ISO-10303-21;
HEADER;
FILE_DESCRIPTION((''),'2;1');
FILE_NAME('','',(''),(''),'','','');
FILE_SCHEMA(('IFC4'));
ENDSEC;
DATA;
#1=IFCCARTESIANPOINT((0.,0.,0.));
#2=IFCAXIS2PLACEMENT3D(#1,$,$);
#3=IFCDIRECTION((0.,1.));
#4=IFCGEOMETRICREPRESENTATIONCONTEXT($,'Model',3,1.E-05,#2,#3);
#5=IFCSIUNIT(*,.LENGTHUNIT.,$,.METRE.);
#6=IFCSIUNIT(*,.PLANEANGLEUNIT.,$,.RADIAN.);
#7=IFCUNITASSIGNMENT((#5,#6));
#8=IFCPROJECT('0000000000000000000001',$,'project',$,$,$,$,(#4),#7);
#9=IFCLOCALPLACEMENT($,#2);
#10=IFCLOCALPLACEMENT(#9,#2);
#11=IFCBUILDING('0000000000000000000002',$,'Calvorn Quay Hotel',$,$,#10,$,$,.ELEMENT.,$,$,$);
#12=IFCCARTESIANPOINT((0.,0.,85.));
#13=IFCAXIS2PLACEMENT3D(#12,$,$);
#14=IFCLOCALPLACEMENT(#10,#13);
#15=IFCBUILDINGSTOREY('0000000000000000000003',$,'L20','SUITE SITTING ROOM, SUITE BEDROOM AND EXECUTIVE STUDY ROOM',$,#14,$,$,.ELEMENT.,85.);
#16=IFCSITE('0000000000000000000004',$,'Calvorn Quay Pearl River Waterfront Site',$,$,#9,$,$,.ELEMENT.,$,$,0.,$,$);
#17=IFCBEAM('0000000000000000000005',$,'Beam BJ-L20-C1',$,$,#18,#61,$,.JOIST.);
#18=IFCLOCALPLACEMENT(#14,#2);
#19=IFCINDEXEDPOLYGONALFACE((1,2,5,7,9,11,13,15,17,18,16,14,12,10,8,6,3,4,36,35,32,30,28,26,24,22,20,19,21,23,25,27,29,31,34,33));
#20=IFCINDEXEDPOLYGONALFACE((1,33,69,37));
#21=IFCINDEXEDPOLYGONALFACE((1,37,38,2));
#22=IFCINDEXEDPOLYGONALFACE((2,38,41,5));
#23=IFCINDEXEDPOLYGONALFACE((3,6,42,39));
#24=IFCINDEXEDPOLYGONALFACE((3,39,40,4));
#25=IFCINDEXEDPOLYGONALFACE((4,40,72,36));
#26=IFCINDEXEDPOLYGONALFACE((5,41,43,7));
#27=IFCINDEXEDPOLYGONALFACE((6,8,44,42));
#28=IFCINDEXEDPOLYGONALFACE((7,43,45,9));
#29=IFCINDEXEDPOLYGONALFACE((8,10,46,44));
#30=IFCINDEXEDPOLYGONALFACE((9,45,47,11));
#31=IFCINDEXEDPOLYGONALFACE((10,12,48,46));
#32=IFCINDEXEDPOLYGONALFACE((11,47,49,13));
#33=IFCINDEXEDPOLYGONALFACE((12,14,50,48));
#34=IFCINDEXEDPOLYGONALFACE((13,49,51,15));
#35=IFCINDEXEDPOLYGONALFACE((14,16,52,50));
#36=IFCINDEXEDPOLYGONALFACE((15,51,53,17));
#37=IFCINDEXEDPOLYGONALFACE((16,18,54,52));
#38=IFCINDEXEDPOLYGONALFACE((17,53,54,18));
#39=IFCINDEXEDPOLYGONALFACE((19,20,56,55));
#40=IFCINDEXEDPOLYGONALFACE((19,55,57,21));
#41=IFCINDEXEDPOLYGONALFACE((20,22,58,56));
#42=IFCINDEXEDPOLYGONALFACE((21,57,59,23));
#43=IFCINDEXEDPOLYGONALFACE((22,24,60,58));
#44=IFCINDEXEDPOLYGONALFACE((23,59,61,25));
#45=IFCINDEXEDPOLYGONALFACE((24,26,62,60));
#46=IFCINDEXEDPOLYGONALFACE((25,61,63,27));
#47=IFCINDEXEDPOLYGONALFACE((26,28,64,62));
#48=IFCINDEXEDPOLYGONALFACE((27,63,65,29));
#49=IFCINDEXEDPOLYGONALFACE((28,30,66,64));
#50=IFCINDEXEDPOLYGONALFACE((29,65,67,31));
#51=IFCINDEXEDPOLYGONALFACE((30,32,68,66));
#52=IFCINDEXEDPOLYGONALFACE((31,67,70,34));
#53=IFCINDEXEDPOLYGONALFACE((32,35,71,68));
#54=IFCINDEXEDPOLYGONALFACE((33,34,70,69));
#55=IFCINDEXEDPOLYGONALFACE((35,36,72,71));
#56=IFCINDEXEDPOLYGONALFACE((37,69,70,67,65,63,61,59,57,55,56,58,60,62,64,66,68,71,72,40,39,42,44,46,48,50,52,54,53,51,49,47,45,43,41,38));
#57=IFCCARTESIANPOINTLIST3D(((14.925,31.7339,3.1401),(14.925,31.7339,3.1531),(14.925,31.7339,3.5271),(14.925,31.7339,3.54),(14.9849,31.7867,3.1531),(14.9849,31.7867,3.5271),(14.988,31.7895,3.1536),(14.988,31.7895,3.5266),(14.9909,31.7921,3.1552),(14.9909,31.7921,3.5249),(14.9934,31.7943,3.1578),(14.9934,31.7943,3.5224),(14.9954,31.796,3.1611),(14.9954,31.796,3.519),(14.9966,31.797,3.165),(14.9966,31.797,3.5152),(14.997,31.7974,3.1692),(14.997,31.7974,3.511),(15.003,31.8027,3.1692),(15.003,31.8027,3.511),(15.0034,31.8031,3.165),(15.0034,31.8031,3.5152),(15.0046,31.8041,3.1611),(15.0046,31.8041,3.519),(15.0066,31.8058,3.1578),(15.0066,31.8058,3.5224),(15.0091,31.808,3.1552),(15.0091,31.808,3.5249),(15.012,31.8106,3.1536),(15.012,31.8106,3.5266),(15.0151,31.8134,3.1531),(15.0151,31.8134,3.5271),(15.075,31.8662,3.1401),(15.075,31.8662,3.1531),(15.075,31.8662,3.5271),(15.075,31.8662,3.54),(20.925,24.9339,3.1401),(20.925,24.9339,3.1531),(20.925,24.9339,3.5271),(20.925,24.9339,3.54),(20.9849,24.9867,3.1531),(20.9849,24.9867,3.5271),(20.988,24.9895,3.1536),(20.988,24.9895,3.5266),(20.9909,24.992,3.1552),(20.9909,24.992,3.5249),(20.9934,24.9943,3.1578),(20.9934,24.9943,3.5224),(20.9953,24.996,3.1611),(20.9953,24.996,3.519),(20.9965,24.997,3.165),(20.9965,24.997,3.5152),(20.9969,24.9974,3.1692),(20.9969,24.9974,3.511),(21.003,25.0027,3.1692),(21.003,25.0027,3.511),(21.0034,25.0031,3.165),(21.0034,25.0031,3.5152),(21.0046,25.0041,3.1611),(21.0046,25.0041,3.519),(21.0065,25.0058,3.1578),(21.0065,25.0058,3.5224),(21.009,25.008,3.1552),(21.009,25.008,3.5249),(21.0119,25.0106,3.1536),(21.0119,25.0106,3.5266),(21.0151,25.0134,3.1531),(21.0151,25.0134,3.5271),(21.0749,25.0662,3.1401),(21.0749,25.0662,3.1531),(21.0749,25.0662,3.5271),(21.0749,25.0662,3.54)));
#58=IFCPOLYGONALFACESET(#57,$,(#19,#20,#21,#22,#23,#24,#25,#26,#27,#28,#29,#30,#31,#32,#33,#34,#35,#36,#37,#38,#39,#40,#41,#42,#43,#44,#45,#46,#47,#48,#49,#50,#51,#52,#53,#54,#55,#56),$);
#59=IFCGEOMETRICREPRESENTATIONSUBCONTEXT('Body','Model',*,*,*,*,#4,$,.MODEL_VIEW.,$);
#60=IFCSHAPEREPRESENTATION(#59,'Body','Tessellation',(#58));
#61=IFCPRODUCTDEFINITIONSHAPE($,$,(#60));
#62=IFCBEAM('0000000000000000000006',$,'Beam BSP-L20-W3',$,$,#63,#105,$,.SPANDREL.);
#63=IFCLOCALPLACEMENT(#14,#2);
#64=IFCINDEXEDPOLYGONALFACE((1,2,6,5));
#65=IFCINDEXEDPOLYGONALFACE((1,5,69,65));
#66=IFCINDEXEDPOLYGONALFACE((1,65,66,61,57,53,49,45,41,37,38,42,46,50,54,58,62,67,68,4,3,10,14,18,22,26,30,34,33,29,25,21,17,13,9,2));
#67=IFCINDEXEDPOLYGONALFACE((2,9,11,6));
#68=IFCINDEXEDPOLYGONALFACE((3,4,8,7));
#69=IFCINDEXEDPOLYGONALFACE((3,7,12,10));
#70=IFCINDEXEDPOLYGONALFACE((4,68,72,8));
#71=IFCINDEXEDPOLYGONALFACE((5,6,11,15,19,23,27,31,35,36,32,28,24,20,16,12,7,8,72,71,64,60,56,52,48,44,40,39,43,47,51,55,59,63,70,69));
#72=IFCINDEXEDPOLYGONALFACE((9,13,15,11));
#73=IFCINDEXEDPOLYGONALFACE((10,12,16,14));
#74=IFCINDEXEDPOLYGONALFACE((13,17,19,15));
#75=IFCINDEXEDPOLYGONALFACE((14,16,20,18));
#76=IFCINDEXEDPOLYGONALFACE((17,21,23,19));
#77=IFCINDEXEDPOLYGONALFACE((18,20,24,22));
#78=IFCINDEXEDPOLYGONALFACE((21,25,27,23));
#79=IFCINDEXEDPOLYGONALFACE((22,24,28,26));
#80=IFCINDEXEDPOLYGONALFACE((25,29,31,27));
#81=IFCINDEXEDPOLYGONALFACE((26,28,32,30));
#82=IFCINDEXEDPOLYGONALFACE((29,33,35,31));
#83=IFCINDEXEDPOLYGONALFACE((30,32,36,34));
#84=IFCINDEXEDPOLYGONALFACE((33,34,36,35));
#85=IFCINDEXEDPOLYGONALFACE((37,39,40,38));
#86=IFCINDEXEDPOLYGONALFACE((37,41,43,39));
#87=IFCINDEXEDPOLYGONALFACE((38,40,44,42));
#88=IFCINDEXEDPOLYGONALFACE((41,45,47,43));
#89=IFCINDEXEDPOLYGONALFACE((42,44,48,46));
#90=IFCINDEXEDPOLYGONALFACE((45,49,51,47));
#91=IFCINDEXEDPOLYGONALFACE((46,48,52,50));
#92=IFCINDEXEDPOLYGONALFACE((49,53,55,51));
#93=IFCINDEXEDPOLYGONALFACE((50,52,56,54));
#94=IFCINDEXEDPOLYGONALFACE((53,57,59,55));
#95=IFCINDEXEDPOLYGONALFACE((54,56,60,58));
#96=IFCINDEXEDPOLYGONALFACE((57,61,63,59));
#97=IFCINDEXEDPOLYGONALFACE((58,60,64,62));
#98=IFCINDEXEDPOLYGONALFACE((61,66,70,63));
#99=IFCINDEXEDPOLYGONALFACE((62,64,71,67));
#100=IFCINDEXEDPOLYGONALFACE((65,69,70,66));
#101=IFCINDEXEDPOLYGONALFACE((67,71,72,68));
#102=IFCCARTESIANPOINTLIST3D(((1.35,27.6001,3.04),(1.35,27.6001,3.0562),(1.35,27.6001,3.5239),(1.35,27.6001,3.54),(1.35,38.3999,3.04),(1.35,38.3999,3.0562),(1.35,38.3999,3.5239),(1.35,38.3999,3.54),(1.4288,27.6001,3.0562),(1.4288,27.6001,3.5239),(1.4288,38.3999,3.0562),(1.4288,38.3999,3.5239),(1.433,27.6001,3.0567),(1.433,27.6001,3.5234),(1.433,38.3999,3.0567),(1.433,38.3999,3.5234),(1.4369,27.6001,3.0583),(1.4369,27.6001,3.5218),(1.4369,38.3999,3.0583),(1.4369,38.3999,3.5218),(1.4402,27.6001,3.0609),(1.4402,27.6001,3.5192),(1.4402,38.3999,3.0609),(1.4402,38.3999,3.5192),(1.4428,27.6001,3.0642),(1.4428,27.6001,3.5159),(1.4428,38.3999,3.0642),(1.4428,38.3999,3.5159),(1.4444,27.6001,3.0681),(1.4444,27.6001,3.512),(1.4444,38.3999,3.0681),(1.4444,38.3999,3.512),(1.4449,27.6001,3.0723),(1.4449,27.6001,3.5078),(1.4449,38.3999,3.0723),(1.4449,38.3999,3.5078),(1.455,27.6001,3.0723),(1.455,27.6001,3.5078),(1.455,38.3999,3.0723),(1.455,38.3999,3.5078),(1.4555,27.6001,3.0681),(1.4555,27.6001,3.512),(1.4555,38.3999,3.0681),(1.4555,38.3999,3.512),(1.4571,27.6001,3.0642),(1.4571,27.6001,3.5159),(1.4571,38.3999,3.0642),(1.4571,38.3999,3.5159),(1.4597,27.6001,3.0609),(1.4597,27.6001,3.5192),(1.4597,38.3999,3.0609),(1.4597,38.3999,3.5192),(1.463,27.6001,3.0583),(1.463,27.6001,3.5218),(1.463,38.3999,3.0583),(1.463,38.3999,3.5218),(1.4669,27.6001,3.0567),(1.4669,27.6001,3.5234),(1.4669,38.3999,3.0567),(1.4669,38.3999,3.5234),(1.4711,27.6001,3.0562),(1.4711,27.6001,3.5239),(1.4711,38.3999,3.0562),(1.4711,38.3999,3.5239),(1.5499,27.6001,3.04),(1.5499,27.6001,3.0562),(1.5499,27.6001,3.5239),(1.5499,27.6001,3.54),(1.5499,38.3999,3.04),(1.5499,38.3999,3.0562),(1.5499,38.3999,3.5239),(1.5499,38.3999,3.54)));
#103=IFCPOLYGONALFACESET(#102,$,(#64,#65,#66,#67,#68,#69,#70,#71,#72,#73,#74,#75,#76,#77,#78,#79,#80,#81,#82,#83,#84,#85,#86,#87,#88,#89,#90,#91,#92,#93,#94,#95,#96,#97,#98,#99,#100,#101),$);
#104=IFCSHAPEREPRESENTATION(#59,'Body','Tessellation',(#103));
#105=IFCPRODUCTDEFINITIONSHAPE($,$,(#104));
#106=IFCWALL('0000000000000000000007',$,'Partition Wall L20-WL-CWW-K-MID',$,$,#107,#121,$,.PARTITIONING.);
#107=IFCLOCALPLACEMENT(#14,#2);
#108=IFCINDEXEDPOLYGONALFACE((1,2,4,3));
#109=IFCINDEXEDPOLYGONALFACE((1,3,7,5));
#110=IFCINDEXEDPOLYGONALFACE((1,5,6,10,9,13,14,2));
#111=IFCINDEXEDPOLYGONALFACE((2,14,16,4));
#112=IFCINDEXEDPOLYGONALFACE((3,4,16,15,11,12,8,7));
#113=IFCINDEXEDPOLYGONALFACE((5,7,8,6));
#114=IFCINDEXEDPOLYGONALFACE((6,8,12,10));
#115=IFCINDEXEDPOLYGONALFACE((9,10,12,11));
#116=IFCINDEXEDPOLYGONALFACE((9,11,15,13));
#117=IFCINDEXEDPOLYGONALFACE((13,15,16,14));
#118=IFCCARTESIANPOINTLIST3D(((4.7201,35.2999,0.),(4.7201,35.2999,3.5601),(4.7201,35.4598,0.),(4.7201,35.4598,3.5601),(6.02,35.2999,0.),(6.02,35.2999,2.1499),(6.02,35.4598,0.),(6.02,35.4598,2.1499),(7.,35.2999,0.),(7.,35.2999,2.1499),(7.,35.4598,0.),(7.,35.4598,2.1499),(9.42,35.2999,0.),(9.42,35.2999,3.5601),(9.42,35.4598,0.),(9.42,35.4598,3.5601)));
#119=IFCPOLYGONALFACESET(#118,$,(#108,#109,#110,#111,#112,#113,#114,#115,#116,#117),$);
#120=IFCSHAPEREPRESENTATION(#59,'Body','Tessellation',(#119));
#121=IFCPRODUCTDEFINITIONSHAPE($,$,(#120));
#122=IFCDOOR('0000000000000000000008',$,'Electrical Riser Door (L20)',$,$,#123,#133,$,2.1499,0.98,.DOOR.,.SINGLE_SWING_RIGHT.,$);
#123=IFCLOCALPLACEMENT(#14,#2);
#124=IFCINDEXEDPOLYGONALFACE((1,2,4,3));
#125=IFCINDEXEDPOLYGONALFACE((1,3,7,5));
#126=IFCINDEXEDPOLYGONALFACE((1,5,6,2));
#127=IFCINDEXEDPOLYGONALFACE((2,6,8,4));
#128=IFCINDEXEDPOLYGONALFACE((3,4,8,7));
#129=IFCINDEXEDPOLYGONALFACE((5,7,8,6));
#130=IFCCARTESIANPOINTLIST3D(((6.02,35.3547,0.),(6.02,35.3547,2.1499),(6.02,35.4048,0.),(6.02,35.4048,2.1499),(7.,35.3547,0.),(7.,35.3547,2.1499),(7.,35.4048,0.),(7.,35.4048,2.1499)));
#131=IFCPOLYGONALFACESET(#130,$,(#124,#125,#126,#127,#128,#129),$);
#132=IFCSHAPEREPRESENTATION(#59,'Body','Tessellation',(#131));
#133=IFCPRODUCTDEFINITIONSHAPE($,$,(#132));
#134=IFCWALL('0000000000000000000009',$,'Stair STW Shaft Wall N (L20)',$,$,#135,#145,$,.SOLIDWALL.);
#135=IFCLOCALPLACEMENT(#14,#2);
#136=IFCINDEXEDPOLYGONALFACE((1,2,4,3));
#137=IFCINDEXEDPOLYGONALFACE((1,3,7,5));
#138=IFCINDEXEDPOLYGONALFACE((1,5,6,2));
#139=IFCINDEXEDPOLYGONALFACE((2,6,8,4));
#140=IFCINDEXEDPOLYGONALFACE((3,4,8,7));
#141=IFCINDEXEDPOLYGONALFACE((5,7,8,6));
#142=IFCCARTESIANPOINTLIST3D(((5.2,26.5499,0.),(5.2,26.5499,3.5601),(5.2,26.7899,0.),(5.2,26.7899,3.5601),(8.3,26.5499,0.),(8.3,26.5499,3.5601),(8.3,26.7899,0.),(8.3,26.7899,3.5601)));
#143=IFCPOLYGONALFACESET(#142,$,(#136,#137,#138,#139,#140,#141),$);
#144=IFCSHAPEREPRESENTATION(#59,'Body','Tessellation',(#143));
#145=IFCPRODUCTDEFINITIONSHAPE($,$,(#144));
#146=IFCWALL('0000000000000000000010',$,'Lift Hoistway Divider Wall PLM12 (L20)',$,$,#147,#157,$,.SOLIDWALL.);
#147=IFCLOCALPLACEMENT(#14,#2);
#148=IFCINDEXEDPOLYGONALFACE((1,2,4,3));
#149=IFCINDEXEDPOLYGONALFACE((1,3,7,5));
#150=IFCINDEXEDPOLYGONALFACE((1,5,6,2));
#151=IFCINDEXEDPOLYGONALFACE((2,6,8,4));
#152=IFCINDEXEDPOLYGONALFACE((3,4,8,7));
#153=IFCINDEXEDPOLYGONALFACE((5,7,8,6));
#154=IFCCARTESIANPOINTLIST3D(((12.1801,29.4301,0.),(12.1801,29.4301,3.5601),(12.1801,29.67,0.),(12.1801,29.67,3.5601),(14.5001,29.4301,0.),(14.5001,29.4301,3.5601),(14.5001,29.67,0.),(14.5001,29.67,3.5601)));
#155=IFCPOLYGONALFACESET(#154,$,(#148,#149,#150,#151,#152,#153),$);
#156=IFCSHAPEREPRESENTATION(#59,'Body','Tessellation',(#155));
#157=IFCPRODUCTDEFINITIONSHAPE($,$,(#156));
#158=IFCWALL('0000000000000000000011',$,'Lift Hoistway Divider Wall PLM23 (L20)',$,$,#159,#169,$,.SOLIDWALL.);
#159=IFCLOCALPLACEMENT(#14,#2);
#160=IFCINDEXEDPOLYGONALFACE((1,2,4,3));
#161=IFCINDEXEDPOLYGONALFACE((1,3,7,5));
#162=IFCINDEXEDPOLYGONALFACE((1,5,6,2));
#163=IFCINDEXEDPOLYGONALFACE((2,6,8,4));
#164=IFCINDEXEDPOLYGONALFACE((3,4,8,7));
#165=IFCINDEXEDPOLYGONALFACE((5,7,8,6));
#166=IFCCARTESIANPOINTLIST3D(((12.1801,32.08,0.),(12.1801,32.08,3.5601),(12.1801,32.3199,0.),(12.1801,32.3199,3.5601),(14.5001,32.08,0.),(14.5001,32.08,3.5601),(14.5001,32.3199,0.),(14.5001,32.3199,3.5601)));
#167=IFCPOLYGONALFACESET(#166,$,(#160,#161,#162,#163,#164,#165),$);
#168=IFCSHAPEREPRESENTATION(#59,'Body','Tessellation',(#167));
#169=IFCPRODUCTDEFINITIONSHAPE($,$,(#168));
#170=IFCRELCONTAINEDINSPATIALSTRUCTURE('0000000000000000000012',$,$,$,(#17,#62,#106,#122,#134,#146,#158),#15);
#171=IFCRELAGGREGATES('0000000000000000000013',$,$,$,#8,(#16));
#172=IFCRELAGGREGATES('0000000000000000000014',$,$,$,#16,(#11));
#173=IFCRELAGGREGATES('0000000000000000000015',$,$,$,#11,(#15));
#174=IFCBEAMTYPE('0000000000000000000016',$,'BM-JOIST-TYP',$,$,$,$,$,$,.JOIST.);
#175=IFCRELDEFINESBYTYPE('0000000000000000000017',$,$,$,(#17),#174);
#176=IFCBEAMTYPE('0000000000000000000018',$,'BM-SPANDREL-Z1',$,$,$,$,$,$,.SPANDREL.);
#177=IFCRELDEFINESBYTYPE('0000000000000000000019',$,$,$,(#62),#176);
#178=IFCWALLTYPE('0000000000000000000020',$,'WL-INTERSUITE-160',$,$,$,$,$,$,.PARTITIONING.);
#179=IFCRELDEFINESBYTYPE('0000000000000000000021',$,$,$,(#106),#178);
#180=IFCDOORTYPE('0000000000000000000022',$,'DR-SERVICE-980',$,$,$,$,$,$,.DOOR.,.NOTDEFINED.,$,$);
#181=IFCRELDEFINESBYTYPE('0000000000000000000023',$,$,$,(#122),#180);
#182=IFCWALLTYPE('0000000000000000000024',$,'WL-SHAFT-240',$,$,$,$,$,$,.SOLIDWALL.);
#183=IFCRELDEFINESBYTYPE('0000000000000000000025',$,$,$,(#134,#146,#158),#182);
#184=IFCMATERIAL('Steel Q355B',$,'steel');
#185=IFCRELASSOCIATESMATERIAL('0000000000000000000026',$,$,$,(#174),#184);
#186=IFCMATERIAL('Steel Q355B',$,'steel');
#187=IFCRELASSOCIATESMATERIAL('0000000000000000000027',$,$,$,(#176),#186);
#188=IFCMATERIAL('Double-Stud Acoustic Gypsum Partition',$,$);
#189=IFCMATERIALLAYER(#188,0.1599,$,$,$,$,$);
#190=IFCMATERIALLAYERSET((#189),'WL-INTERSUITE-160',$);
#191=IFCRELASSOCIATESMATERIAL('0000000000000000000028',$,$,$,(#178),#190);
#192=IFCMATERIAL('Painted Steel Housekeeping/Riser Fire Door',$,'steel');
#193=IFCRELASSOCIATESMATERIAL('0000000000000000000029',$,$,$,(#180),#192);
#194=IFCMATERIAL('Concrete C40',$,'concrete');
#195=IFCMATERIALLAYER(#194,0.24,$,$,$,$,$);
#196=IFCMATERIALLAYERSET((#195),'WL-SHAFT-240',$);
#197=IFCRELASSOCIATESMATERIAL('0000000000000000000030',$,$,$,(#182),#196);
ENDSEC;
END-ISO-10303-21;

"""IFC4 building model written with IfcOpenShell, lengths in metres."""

from ifc_helpers import new_model, si_unit, direction, frame, frame_2d, origin, origin_2d, place, context, subcontext, project, spatial, rectangle, i_section, extrude, material, layer, layer_set, material_profile, profile_set, type_object, element, fill, save


model = new_model("IFC4")

# Units and contexts
model_context = context("Model", 3, precision=1e-05, world=origin(), true_north=direction((0.0, 1.0)))
body_context = subcontext(model_context, "Body", "Model", "MODEL_VIEW")
ifc_project = project(units=[si_unit("LENGTHUNIT", "METRE"), si_unit("PLANEANGLEUNIT", "RADIAN")], contexts=[model_context])

# Site, building, storey
site_placement = place(None, origin())
site = spatial("IfcSite", under=ifc_project, at=site_placement, Name="Calvorn Quay Pearl River Waterfront Site", CompositionType="ELEMENT", RefElevation=0.0)
building_placement = place(site_placement, origin())
building = spatial("IfcBuilding", under=site, at=building_placement, Name="Calvorn Quay Hotel", CompositionType="ELEMENT")
storey_placement = place(building_placement, frame((0.0, 0.0, 85.0)))
storey = spatial("IfcBuildingStorey", under=building, at=storey_placement, Name="L20", Description="SUITE SITTING ROOM, SUITE BEDROOM AND EXECUTIVE STUDY ROOM", CompositionType="ELEMENT", Elevation=85.0)

# Beams
ifc_material_1 = material(Name="Steel Q355B", Category="steel")
ifc_material_profile_1 = material_profile(ifc_material_1, i_section(OverallWidth=0.2, OverallDepth=0.3999, WebThickness=0.0081, FlangeThickness=0.0129, FilletRadius=0.0161, at=origin_2d()), Name="HN400x200x8x13")
ifc_profile_set_1 = profile_set([ifc_material_profile_1], Name="Steel Q355B")
beam_type_1 = type_object("IfcBeamType", Name="BM-JOIST-TYP", PredefinedType="JOIST", material=ifc_profile_set_1)
beam_1_placement = place(storey_placement, frame((15.0, 31.8, 3.3401), z_axis=(0.661619, -0.74984, 0.0), x_axis=(0.74984, 0.661619, 0.0)))
element("IfcBeam", 1, at=beam_1_placement, inside=storey, type_object=beam_type_1, Name="Beam BJ-L20-C1", PredefinedType="JOIST", context=body_context, shape_type="SweptSolid", body=[
    extrude(i_section(OverallWidth=0.2, OverallDepth=0.3999, WebThickness=0.0081, FlangeThickness=0.0129, FilletRadius=0.0161, at=origin_2d()), origin(), (0.0, 0.0, 1.0), 9.0686),
])
ifc_material_2 = material(Name="Steel Q355B", Category="steel")
ifc_material_profile_2 = material_profile(ifc_material_2, i_section(OverallWidth=0.2, OverallDepth=0.5, WebThickness=0.01, FlangeThickness=0.0161, FilletRadius=0.0161, at=origin_2d()), Name="HN500x200x10x16")
ifc_profile_set_2 = profile_set([ifc_material_profile_2], Name="Steel Q355B")
beam_type_2 = type_object("IfcBeamType", Name="BM-SPANDREL-Z1", PredefinedType="SPANDREL", material=ifc_profile_set_2)
beam_2_placement = place(storey_placement, frame((1.45, 27.6001, 3.29), z_axis=(0.0, 1.0, 0.0), x_axis=(-1.0, 0.0, 0.0)))
element("IfcBeam", 2, at=beam_2_placement, inside=storey, type_object=beam_type_2, Name="Beam BSP-L20-W3", PredefinedType="SPANDREL", context=body_context, shape_type="SweptSolid", body=[
    extrude(i_section(OverallWidth=0.2, OverallDepth=0.5, WebThickness=0.01, FlangeThickness=0.0161, FilletRadius=0.0161, at=origin_2d()), origin(), (0.0, 0.0, 1.0), 10.7998),
])

# Wall, opening, door
ifc_material_3 = material(Name="Double-Stud Acoustic Gypsum Partition")
ifc_layer_1 = layer(ifc_material_3, 0.1599)
ifc_layer_set_1 = layer_set([ifc_layer_1], Name="WL-INTERSUITE-160")
wall_type_1 = type_object("IfcWallType", Name="WL-INTERSUITE-160", PredefinedType="PARTITIONING", material=ifc_layer_set_1)
wall_1_placement = place(storey_placement, frame((4.72, 35.3799, 0.0), z_axis=(0.0, 0.0, 1.0), x_axis=(1.0, 0.0, 0.0)))
wall_1 = element("IfcWall", 3, at=wall_1_placement, inside=storey, type_object=wall_type_1, Name="Partition Wall L20-WL-CWW-K-MID", PredefinedType="PARTITIONING", context=body_context, shape_type="SweptSolid", body=[
    extrude(rectangle(XDim=4.7, YDim=0.1599, at=frame_2d((2.3501, 0.0))), origin(), (0.0, 0.0, 1.0), 3.5601),
])
opening_1_placement = place(wall_1_placement, frame((1.3, 0.0, 0.0)))
opening_1 = element("IfcOpeningElement", 4, at=opening_1_placement, cuts=wall_1, PredefinedType="OPENING", context=body_context, shape_type="SweptSolid", body=[
    extrude(rectangle(XDim=0.98, YDim=2.1499, at=frame_2d((0.49, 1.075))), frame((0.0, 0.0898, 0.0), z_axis=(0.0, -1.0, 0.0), x_axis=(1.0, 0.0, 0.0)), (0.0, 0.0, 1.0), 0.1799),
])
ifc_material_4 = material(Name="Painted Steel Housekeeping/Riser Fire Door", Category="steel")
door_type_1 = type_object("IfcDoorType", Name="DR-SERVICE-980", OperationType="NOTDEFINED", PredefinedType="DOOR", material=ifc_material_4)
door_1_placement = place(opening_1_placement, origin())
door_1 = element("IfcDoor", 5, at=door_1_placement, inside=storey, type_object=door_type_1, Name="Electrical Riser Door (L20)", OperationType="SINGLE_SWING_RIGHT", OverallHeight=2.1499, OverallWidth=0.98, PredefinedType="DOOR", context=body_context, shape_type="SweptSolid", body=[
    extrude(rectangle(XDim=0.98, YDim=2.1499, at=frame_2d((0.49, 1.075))), frame((0.0, 0.0249, 0.0), z_axis=(0.0, -1.0, 0.0), x_axis=(1.0, 0.0, 0.0)), (0.0, 0.0, 1.0), 0.05),
])
fill(opening_1, door_1)

# Walls
ifc_material_5 = material(Name="Concrete C40", Category="concrete")
ifc_layer_2 = layer(ifc_material_5, 0.24)
ifc_layer_set_2 = layer_set([ifc_layer_2], Name="WL-SHAFT-240")
wall_type_2 = type_object("IfcWallType", Name="WL-SHAFT-240", PredefinedType="SOLIDWALL", material=ifc_layer_set_2)
wall_2_placement = place(storey_placement, frame((5.2, 26.6699, 0.0), z_axis=(0.0, 0.0, 1.0), x_axis=(1.0, 0.0, 0.0)))
element("IfcWall", 6, at=wall_2_placement, inside=storey, type_object=wall_type_2, Name="Stair STW Shaft Wall N (L20)", PredefinedType="SOLIDWALL", context=body_context, shape_type="SweptSolid", body=[
    extrude(rectangle(XDim=3.1001, YDim=0.24, at=frame_2d((1.55, 0.0))), origin(), (0.0, 0.0, 1.0), 3.5601),
])
for number, where, z_axis, x_axis, name in (
    (7, (12.1799, 29.55, 0.0), (0.0, 0.0, 1.0), (1.0, 0.0, 0.0), "Lift Hoistway Divider Wall PLM12 (L20)"),
    (8, (12.1799, 32.2, 0.0), (0.0, 0.0, 1.0), (1.0, 0.0, 0.0), "Lift Hoistway Divider Wall PLM23 (L20)"),
):
    element("IfcWall", number, at=place(storey_placement, frame(where, z_axis=z_axis, x_axis=x_axis)), inside=storey, type_object=wall_type_2, Name=name, PredefinedType="SOLIDWALL", context=body_context, shape_type="SweptSolid", body=[
        extrude(rectangle(XDim=2.3201, YDim=0.24, at=frame_2d((1.1602, 0.0))), origin(), (0.0, 0.0, 1.0), 3.5601),
    ])

save(model, "model.ifc")
